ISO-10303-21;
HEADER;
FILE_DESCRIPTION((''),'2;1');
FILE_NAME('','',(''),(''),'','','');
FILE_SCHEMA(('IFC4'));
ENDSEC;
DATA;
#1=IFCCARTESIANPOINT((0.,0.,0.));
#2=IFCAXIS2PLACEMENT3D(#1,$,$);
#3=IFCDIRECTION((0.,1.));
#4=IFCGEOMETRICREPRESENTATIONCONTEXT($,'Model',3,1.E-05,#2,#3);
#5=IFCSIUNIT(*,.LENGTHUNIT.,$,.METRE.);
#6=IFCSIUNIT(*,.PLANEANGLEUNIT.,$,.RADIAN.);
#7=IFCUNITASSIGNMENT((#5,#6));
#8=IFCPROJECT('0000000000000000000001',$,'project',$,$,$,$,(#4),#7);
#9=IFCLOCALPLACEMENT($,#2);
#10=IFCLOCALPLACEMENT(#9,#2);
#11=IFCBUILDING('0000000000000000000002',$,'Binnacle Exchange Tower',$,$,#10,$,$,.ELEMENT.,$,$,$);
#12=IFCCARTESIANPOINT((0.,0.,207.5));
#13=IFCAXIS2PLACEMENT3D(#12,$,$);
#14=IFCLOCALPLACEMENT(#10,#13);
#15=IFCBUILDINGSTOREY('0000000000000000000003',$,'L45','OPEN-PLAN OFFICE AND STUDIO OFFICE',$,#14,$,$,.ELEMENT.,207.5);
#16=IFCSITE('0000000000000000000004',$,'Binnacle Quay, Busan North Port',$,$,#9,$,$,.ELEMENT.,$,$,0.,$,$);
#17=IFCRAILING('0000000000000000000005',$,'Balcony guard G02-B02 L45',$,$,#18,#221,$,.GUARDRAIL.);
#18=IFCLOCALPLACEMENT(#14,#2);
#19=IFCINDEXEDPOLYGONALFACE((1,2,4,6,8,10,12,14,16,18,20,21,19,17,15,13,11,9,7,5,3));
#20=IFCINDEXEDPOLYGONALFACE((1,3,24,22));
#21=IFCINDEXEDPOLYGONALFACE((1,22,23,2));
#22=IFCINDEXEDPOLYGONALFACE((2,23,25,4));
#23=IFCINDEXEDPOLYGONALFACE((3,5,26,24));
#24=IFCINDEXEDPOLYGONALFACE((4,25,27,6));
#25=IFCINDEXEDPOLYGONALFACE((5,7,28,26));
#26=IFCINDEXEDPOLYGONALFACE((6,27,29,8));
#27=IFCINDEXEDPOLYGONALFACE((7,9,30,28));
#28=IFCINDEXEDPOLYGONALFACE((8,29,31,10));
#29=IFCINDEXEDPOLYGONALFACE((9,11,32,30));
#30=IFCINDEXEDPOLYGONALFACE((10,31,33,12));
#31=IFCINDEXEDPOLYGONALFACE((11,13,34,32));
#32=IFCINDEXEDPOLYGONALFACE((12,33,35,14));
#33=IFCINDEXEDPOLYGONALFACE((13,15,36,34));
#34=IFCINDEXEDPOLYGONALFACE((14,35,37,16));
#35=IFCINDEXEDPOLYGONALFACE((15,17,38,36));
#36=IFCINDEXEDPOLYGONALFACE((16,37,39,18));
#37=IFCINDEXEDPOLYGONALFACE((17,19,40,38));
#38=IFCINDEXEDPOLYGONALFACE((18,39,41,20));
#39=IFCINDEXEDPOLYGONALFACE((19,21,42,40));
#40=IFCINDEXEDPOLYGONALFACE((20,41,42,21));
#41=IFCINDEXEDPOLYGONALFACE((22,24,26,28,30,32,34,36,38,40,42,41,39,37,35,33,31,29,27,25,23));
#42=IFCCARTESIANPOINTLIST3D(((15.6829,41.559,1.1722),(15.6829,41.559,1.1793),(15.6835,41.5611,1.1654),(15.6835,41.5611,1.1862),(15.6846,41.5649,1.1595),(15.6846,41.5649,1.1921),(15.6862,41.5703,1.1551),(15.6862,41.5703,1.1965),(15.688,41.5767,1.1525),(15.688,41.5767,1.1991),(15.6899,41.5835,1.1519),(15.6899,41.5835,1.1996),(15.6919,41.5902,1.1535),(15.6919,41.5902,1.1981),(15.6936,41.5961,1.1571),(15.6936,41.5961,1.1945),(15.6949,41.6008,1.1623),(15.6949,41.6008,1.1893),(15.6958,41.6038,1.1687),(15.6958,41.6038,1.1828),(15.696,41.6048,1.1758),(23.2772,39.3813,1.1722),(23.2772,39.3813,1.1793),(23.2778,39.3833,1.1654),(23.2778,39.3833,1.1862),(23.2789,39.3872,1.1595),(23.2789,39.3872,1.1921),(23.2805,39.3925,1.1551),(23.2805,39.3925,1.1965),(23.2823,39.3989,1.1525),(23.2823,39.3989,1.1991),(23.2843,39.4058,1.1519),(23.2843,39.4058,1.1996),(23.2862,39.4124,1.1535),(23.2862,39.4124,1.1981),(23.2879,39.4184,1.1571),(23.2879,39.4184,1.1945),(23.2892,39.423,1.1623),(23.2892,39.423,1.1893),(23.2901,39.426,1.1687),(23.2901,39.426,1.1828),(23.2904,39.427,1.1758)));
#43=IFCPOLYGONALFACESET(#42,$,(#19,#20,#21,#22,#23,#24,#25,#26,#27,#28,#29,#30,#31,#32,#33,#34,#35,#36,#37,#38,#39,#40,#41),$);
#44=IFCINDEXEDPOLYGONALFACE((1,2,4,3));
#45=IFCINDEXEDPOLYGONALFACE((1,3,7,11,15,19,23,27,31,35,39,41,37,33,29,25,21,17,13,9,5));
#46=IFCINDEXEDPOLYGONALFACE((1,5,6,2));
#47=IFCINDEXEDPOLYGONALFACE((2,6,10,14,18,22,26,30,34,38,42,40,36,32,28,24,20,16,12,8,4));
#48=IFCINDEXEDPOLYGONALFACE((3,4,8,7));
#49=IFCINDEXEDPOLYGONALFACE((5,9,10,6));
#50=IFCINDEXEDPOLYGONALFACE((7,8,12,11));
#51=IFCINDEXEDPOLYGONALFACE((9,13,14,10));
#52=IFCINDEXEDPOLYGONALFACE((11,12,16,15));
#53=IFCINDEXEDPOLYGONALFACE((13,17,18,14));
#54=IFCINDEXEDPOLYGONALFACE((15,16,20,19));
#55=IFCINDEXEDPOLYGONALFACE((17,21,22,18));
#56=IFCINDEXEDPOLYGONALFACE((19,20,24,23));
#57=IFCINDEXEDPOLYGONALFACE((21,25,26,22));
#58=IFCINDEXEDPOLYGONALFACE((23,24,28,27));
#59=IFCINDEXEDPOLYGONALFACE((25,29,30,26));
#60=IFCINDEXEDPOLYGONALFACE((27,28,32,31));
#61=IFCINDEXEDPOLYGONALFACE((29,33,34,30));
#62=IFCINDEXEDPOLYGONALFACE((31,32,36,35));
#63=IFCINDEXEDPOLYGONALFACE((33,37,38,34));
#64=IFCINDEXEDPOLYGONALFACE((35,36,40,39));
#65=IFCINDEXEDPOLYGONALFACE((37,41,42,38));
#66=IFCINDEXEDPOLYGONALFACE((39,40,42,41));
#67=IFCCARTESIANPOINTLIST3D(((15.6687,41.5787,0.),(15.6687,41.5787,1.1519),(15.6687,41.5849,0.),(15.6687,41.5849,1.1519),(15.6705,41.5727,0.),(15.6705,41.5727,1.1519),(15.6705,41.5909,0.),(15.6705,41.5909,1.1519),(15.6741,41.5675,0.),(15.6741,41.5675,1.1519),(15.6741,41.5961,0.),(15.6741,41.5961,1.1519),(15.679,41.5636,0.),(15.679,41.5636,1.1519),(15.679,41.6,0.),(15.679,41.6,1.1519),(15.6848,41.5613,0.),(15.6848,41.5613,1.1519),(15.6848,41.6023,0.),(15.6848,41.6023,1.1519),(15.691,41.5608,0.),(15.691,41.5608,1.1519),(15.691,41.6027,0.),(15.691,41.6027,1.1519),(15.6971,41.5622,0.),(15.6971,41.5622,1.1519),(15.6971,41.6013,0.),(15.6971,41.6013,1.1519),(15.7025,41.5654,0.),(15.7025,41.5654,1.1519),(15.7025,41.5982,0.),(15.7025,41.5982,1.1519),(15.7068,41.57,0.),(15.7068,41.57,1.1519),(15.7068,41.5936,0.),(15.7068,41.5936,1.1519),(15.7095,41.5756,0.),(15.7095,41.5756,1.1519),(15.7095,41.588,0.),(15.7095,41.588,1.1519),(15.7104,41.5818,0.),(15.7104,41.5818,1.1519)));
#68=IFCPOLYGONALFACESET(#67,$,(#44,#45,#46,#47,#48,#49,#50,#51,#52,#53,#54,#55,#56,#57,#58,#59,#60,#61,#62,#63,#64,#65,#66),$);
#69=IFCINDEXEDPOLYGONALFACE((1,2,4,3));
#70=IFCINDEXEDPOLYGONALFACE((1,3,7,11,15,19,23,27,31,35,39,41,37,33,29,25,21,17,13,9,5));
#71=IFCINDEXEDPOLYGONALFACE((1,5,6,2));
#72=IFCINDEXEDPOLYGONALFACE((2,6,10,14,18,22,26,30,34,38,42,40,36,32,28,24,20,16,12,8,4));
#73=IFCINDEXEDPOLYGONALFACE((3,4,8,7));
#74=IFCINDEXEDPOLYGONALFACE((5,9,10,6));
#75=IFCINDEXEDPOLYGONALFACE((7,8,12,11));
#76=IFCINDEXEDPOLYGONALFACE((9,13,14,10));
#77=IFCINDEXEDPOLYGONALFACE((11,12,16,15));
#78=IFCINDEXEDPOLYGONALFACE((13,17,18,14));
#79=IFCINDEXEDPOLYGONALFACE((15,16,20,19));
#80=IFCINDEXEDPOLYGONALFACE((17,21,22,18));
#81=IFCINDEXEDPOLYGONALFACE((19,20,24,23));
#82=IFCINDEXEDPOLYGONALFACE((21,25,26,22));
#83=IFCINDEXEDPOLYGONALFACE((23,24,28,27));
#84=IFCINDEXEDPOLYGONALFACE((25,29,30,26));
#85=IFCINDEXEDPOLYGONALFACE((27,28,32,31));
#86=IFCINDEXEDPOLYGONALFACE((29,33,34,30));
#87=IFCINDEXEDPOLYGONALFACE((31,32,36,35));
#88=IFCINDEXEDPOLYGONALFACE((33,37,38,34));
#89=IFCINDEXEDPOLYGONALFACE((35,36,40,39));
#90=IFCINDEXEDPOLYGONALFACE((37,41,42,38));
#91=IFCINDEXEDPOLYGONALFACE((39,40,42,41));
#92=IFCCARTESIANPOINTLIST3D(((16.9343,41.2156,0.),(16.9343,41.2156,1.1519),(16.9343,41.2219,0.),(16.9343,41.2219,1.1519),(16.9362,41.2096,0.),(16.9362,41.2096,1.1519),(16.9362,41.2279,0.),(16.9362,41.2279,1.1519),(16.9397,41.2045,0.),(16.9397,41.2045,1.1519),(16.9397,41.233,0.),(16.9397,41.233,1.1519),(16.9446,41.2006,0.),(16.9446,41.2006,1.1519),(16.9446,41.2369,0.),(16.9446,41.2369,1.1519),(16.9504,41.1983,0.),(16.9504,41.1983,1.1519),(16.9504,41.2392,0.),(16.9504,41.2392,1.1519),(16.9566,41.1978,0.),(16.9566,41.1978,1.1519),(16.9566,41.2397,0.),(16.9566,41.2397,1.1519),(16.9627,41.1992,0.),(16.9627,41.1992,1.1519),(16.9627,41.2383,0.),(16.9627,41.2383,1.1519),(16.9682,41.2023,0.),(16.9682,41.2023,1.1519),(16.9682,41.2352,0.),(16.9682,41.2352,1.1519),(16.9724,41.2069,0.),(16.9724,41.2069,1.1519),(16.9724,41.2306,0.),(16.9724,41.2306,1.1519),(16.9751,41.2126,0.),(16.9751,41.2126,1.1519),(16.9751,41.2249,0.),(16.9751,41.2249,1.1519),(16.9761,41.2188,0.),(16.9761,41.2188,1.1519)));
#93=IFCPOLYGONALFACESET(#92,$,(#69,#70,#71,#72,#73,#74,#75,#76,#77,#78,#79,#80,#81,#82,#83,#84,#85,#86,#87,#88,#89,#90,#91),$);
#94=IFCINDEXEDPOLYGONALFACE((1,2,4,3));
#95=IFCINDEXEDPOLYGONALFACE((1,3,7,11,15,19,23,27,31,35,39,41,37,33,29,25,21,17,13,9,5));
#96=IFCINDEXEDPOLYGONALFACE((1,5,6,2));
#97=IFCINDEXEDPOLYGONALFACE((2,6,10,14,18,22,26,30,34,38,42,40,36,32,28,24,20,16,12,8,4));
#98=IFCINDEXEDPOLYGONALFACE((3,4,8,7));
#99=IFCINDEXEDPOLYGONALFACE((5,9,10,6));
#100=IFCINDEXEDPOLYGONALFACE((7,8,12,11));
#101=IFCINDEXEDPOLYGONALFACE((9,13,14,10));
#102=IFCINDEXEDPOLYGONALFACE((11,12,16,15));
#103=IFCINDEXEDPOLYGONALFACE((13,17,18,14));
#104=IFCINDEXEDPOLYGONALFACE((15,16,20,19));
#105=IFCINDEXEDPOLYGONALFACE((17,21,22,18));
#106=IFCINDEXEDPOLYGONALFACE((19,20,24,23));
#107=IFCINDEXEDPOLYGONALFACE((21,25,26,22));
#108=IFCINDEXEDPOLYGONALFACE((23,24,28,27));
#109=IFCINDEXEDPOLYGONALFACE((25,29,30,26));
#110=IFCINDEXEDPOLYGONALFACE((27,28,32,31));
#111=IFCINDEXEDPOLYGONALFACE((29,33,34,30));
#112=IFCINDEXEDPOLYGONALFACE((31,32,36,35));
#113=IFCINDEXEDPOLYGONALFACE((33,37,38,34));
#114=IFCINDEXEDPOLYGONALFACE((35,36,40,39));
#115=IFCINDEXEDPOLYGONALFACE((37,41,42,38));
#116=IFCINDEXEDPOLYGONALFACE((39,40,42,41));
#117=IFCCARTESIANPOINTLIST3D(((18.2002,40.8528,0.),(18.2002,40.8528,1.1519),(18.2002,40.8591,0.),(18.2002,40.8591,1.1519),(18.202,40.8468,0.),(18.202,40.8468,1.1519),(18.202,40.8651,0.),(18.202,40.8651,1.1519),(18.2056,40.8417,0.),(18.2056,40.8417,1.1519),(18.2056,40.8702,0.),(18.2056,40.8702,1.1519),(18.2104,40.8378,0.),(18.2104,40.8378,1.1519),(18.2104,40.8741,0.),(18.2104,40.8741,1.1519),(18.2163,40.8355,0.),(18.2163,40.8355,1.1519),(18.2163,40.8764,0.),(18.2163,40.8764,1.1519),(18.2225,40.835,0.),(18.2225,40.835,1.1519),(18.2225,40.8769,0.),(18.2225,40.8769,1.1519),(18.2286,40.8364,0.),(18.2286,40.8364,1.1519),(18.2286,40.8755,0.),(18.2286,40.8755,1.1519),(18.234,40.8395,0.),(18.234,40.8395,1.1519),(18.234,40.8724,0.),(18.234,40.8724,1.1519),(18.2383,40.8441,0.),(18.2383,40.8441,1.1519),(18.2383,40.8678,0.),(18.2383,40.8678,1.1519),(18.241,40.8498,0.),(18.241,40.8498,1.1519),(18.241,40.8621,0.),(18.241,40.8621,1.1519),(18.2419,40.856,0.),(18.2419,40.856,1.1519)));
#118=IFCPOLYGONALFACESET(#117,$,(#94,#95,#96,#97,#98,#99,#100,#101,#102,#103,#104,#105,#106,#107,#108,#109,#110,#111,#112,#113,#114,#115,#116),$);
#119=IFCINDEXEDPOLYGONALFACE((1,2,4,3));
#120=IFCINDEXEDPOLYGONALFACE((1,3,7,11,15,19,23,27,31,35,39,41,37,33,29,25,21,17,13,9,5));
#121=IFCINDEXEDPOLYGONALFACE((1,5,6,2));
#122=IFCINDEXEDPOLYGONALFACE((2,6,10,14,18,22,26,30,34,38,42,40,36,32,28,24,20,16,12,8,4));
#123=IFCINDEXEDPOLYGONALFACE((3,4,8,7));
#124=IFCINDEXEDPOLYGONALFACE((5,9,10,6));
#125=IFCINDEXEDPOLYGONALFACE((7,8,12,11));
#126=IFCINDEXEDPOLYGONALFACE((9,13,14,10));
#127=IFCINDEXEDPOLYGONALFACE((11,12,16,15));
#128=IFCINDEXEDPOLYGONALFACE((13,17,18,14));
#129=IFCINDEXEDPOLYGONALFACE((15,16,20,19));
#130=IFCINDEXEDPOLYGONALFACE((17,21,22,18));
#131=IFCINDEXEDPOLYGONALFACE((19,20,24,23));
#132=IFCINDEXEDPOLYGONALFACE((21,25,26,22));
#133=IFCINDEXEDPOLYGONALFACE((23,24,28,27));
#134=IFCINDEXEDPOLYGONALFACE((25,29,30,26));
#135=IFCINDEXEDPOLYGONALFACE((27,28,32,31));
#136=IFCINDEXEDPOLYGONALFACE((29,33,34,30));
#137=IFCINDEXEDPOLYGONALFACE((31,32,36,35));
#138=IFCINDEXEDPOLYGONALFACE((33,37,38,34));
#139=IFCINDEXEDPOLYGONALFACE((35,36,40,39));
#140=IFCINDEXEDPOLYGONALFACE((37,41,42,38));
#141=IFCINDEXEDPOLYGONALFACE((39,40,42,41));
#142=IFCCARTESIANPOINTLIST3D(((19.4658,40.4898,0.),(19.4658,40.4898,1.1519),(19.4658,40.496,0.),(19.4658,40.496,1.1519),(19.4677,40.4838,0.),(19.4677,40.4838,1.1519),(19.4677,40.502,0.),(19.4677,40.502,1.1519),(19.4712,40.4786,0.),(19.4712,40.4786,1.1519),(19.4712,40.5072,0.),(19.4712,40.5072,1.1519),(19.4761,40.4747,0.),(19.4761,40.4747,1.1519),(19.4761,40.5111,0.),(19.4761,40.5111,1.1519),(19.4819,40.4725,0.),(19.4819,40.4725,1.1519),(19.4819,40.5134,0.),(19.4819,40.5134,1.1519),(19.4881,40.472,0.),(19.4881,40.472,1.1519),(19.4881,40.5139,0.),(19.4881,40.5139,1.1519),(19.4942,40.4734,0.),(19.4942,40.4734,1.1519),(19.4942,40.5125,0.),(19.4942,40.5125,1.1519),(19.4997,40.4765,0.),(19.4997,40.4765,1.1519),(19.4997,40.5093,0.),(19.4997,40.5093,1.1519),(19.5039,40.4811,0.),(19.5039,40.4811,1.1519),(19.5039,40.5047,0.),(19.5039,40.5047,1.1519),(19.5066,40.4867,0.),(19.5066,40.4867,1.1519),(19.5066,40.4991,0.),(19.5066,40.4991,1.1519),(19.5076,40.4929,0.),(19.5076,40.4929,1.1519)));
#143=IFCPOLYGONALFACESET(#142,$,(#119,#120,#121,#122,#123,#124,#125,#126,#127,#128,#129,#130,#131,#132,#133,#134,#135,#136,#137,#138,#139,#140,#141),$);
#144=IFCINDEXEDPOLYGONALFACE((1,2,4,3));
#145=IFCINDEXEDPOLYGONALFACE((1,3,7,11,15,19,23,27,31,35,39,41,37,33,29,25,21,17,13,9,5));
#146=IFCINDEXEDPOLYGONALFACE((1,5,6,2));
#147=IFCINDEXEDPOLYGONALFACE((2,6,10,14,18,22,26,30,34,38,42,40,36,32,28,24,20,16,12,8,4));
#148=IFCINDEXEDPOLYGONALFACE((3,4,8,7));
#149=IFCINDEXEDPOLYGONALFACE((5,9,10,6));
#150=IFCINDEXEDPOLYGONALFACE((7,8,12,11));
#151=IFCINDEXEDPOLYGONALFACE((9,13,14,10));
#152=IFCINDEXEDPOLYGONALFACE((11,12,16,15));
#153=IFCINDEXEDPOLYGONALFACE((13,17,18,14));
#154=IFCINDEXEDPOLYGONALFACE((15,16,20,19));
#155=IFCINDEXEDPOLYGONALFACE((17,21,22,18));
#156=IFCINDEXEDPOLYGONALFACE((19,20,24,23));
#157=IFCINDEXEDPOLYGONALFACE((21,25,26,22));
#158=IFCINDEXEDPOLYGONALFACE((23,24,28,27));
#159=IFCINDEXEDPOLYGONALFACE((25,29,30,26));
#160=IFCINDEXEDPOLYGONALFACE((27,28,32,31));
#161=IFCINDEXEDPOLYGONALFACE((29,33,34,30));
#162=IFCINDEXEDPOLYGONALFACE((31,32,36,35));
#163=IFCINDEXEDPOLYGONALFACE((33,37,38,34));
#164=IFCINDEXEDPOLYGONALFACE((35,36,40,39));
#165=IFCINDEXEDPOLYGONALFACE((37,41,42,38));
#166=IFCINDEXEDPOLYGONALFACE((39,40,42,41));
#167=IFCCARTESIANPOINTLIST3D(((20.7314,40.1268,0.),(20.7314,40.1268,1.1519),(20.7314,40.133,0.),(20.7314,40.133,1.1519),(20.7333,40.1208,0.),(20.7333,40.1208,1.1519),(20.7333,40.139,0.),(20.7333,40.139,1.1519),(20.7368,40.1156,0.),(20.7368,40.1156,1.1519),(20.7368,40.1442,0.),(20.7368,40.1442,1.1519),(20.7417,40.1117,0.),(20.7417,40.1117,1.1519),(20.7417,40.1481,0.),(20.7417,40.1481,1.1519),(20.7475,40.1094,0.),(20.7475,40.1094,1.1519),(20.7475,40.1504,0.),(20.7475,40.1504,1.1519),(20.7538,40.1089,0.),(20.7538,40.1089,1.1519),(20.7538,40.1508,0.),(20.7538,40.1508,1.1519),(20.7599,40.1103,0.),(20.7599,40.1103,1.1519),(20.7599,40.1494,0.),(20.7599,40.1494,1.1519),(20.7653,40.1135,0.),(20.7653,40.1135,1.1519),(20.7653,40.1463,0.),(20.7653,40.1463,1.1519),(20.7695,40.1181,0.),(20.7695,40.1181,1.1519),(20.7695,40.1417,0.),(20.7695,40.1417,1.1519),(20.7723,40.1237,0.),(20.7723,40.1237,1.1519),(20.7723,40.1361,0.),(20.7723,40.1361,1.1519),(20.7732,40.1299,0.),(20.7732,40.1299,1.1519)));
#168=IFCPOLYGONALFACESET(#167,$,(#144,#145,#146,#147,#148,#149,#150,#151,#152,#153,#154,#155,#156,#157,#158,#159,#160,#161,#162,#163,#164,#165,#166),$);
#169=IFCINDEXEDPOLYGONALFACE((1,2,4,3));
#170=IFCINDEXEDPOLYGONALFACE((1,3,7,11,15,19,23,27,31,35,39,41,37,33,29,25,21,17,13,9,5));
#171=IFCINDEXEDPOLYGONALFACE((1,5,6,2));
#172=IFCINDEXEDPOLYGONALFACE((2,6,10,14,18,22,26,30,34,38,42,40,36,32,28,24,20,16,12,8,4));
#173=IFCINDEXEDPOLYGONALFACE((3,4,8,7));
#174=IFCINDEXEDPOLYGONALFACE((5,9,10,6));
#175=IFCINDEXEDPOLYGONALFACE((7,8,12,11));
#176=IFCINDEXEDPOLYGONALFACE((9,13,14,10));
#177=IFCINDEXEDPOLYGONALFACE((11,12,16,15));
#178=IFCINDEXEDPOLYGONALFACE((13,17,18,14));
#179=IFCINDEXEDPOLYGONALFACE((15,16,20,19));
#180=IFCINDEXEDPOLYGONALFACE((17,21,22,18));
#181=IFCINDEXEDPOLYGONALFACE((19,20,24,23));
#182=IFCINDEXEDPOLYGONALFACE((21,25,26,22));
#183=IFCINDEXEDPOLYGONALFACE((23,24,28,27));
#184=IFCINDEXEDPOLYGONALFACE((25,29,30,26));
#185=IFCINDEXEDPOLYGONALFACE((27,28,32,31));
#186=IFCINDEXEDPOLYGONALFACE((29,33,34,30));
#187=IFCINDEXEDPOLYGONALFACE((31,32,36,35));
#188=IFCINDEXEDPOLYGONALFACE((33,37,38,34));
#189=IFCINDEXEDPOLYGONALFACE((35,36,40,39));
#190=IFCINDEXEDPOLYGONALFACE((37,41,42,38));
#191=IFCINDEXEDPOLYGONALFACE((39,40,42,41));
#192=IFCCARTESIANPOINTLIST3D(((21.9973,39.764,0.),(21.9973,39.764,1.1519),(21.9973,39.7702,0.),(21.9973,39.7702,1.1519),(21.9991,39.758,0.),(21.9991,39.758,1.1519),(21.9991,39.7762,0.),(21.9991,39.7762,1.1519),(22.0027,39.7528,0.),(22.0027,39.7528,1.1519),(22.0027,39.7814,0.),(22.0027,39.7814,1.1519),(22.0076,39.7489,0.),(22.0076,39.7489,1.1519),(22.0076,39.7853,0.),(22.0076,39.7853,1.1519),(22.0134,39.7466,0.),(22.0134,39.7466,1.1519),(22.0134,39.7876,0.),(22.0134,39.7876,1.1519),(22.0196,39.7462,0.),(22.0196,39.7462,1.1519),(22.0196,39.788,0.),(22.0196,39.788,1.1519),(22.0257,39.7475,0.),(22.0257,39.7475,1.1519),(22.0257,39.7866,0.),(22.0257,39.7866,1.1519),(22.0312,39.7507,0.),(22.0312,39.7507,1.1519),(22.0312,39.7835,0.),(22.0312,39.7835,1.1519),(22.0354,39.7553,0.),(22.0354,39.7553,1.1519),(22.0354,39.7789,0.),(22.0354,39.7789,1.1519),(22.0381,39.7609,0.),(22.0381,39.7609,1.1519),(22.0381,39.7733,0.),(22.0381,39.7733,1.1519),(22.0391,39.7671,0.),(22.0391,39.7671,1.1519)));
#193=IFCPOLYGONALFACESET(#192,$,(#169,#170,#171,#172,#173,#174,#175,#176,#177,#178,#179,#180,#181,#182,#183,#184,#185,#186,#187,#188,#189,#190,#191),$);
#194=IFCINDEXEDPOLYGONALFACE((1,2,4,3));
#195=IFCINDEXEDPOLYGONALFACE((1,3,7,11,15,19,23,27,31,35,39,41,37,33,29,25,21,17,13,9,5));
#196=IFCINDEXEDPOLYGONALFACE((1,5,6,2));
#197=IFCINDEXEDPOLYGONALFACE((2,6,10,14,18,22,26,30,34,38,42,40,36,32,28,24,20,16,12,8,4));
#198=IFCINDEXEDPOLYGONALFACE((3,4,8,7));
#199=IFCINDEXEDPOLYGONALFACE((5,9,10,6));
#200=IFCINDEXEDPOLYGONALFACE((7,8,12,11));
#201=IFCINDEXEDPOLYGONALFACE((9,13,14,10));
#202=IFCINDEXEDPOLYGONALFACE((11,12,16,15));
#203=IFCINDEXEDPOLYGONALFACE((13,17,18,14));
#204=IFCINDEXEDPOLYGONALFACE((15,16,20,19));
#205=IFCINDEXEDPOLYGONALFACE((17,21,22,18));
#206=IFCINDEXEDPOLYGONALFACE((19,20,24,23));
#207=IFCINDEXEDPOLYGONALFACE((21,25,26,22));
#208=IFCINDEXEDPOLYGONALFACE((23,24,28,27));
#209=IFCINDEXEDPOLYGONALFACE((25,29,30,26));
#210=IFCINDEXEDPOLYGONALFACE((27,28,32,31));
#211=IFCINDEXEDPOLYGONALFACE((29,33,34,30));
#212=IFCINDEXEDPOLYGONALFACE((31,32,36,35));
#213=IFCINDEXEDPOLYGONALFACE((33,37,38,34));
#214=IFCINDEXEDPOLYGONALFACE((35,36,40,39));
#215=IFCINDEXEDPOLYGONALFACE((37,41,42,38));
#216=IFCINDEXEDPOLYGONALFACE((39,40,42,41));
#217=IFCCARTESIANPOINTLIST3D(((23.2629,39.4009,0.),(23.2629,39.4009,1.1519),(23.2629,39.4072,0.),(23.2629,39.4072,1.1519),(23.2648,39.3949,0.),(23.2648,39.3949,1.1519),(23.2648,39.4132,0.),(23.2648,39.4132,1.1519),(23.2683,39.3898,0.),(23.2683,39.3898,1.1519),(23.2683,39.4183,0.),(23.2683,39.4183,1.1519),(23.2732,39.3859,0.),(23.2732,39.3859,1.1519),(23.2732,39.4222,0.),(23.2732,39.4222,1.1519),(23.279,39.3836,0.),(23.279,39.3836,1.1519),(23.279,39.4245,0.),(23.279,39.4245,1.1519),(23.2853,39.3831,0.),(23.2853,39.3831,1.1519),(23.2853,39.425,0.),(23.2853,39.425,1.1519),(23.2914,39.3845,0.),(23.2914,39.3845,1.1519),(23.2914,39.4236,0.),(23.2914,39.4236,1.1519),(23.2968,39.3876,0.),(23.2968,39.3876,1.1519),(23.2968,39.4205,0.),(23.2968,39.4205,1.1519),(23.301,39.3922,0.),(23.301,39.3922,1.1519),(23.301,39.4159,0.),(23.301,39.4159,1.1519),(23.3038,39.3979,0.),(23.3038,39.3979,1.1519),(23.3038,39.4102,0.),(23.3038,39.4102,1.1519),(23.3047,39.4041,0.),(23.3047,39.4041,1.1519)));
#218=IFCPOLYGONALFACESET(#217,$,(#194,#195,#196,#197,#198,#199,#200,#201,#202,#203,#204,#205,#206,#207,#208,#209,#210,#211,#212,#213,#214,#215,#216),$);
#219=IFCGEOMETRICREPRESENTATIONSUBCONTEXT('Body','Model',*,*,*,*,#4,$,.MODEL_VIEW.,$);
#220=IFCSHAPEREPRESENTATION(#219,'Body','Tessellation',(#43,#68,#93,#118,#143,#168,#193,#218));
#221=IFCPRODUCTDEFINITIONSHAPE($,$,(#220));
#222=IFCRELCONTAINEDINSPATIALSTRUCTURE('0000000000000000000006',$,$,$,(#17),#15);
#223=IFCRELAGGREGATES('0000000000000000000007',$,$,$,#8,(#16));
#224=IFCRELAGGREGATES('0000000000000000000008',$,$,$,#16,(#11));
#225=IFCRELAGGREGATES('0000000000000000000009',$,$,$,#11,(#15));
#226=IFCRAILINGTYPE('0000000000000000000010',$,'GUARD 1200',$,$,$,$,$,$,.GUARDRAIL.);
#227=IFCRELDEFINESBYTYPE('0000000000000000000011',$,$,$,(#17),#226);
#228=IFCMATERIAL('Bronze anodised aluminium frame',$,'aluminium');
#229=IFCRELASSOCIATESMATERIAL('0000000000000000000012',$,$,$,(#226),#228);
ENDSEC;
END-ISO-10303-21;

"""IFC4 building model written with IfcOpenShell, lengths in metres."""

from ifc_helpers import new_model, si_unit, direction, frame, origin, origin_2d, place, context, subcontext, project, spatial, circle, extrude, material, type_object, element, save


model = new_model("IFC4")

# Units and contexts
model_context = context("Model", 3, precision=1e-05, world=origin(), true_north=direction((0.0, 1.0)))
body_context = subcontext(model_context, "Body", "Model", "MODEL_VIEW")
ifc_project = project(units=[si_unit("LENGTHUNIT", "METRE"), si_unit("PLANEANGLEUNIT", "RADIAN")], contexts=[model_context])

# Site, building, storey
site_placement = place(None, origin())
site = spatial("IfcSite", under=ifc_project, at=site_placement, Name="Binnacle Quay, Busan North Port", CompositionType="ELEMENT", RefElevation=0.0)
building_placement = place(site_placement, origin())
building = spatial("IfcBuilding", under=site, at=building_placement, Name="Binnacle Exchange Tower", CompositionType="ELEMENT")
storey_placement = place(building_placement, frame((0.0, 0.0, 207.5)))
storey = spatial("IfcBuildingStorey", under=building, at=storey_placement, Name="L45", Description="OPEN-PLAN OFFICE AND STUDIO OFFICE", CompositionType="ELEMENT", Elevation=207.5)

# Shared definitions
ifc_material_1 = material(Name="Bronze anodised aluminium frame", Category="aluminium")

# Railing
railing_type = type_object("IfcRailingType", Name="GUARD 1200", PredefinedType="GUARDRAIL", material=ifc_material_1)
railing_1_placement = place(storey_placement, frame((15.6895, 41.5818, 0.0)))
element("IfcRailing", 1, at=railing_1_placement, inside=storey, type_object=railing_type, Name="Balcony guard G02-B02 L45", PredefinedType="GUARDRAIL", context=body_context, shape_type="SweptSolid", body=[
    extrude(circle(Radius=0.0239, at=origin_2d()), frame((0.0, 0.0, 1.1758), z_axis=(0.961258, -0.275652, 0.0), x_axis=(0.275652, 0.961258, 0.0)), (0.0, 0.0, 1.0), 7.9004),
    extrude(circle(Radius=0.021, at=origin_2d()), origin(), (0.0, 0.0, 1.0), 1.1519),
    extrude(circle(Radius=0.021, at=origin_2d()), frame((1.2656, -0.363, 0.0)), (0.0, 0.0, 1.0), 1.1519),
    extrude(circle(Radius=0.021, at=origin_2d()), frame((2.5315, -0.7258, 0.0)), (0.0, 0.0, 1.0), 1.1519),
    extrude(circle(Radius=0.021, at=origin_2d()), frame((3.7971, -1.0889, 0.0)), (0.0, 0.0, 1.0), 1.1519),
    extrude(circle(Radius=0.021, at=origin_2d()), frame((5.0627, -1.4519, 0.0)), (0.0, 0.0, 1.0), 1.1519),
    extrude(circle(Radius=0.021, at=origin_2d()), frame((6.3286, -1.8147, 0.0)), (0.0, 0.0, 1.0), 1.1519),
    extrude(circle(Radius=0.021, at=origin_2d()), frame((7.5942, -2.1777, 0.0)), (0.0, 0.0, 1.0), 1.1519),
])

save(model, "model.ifc")
